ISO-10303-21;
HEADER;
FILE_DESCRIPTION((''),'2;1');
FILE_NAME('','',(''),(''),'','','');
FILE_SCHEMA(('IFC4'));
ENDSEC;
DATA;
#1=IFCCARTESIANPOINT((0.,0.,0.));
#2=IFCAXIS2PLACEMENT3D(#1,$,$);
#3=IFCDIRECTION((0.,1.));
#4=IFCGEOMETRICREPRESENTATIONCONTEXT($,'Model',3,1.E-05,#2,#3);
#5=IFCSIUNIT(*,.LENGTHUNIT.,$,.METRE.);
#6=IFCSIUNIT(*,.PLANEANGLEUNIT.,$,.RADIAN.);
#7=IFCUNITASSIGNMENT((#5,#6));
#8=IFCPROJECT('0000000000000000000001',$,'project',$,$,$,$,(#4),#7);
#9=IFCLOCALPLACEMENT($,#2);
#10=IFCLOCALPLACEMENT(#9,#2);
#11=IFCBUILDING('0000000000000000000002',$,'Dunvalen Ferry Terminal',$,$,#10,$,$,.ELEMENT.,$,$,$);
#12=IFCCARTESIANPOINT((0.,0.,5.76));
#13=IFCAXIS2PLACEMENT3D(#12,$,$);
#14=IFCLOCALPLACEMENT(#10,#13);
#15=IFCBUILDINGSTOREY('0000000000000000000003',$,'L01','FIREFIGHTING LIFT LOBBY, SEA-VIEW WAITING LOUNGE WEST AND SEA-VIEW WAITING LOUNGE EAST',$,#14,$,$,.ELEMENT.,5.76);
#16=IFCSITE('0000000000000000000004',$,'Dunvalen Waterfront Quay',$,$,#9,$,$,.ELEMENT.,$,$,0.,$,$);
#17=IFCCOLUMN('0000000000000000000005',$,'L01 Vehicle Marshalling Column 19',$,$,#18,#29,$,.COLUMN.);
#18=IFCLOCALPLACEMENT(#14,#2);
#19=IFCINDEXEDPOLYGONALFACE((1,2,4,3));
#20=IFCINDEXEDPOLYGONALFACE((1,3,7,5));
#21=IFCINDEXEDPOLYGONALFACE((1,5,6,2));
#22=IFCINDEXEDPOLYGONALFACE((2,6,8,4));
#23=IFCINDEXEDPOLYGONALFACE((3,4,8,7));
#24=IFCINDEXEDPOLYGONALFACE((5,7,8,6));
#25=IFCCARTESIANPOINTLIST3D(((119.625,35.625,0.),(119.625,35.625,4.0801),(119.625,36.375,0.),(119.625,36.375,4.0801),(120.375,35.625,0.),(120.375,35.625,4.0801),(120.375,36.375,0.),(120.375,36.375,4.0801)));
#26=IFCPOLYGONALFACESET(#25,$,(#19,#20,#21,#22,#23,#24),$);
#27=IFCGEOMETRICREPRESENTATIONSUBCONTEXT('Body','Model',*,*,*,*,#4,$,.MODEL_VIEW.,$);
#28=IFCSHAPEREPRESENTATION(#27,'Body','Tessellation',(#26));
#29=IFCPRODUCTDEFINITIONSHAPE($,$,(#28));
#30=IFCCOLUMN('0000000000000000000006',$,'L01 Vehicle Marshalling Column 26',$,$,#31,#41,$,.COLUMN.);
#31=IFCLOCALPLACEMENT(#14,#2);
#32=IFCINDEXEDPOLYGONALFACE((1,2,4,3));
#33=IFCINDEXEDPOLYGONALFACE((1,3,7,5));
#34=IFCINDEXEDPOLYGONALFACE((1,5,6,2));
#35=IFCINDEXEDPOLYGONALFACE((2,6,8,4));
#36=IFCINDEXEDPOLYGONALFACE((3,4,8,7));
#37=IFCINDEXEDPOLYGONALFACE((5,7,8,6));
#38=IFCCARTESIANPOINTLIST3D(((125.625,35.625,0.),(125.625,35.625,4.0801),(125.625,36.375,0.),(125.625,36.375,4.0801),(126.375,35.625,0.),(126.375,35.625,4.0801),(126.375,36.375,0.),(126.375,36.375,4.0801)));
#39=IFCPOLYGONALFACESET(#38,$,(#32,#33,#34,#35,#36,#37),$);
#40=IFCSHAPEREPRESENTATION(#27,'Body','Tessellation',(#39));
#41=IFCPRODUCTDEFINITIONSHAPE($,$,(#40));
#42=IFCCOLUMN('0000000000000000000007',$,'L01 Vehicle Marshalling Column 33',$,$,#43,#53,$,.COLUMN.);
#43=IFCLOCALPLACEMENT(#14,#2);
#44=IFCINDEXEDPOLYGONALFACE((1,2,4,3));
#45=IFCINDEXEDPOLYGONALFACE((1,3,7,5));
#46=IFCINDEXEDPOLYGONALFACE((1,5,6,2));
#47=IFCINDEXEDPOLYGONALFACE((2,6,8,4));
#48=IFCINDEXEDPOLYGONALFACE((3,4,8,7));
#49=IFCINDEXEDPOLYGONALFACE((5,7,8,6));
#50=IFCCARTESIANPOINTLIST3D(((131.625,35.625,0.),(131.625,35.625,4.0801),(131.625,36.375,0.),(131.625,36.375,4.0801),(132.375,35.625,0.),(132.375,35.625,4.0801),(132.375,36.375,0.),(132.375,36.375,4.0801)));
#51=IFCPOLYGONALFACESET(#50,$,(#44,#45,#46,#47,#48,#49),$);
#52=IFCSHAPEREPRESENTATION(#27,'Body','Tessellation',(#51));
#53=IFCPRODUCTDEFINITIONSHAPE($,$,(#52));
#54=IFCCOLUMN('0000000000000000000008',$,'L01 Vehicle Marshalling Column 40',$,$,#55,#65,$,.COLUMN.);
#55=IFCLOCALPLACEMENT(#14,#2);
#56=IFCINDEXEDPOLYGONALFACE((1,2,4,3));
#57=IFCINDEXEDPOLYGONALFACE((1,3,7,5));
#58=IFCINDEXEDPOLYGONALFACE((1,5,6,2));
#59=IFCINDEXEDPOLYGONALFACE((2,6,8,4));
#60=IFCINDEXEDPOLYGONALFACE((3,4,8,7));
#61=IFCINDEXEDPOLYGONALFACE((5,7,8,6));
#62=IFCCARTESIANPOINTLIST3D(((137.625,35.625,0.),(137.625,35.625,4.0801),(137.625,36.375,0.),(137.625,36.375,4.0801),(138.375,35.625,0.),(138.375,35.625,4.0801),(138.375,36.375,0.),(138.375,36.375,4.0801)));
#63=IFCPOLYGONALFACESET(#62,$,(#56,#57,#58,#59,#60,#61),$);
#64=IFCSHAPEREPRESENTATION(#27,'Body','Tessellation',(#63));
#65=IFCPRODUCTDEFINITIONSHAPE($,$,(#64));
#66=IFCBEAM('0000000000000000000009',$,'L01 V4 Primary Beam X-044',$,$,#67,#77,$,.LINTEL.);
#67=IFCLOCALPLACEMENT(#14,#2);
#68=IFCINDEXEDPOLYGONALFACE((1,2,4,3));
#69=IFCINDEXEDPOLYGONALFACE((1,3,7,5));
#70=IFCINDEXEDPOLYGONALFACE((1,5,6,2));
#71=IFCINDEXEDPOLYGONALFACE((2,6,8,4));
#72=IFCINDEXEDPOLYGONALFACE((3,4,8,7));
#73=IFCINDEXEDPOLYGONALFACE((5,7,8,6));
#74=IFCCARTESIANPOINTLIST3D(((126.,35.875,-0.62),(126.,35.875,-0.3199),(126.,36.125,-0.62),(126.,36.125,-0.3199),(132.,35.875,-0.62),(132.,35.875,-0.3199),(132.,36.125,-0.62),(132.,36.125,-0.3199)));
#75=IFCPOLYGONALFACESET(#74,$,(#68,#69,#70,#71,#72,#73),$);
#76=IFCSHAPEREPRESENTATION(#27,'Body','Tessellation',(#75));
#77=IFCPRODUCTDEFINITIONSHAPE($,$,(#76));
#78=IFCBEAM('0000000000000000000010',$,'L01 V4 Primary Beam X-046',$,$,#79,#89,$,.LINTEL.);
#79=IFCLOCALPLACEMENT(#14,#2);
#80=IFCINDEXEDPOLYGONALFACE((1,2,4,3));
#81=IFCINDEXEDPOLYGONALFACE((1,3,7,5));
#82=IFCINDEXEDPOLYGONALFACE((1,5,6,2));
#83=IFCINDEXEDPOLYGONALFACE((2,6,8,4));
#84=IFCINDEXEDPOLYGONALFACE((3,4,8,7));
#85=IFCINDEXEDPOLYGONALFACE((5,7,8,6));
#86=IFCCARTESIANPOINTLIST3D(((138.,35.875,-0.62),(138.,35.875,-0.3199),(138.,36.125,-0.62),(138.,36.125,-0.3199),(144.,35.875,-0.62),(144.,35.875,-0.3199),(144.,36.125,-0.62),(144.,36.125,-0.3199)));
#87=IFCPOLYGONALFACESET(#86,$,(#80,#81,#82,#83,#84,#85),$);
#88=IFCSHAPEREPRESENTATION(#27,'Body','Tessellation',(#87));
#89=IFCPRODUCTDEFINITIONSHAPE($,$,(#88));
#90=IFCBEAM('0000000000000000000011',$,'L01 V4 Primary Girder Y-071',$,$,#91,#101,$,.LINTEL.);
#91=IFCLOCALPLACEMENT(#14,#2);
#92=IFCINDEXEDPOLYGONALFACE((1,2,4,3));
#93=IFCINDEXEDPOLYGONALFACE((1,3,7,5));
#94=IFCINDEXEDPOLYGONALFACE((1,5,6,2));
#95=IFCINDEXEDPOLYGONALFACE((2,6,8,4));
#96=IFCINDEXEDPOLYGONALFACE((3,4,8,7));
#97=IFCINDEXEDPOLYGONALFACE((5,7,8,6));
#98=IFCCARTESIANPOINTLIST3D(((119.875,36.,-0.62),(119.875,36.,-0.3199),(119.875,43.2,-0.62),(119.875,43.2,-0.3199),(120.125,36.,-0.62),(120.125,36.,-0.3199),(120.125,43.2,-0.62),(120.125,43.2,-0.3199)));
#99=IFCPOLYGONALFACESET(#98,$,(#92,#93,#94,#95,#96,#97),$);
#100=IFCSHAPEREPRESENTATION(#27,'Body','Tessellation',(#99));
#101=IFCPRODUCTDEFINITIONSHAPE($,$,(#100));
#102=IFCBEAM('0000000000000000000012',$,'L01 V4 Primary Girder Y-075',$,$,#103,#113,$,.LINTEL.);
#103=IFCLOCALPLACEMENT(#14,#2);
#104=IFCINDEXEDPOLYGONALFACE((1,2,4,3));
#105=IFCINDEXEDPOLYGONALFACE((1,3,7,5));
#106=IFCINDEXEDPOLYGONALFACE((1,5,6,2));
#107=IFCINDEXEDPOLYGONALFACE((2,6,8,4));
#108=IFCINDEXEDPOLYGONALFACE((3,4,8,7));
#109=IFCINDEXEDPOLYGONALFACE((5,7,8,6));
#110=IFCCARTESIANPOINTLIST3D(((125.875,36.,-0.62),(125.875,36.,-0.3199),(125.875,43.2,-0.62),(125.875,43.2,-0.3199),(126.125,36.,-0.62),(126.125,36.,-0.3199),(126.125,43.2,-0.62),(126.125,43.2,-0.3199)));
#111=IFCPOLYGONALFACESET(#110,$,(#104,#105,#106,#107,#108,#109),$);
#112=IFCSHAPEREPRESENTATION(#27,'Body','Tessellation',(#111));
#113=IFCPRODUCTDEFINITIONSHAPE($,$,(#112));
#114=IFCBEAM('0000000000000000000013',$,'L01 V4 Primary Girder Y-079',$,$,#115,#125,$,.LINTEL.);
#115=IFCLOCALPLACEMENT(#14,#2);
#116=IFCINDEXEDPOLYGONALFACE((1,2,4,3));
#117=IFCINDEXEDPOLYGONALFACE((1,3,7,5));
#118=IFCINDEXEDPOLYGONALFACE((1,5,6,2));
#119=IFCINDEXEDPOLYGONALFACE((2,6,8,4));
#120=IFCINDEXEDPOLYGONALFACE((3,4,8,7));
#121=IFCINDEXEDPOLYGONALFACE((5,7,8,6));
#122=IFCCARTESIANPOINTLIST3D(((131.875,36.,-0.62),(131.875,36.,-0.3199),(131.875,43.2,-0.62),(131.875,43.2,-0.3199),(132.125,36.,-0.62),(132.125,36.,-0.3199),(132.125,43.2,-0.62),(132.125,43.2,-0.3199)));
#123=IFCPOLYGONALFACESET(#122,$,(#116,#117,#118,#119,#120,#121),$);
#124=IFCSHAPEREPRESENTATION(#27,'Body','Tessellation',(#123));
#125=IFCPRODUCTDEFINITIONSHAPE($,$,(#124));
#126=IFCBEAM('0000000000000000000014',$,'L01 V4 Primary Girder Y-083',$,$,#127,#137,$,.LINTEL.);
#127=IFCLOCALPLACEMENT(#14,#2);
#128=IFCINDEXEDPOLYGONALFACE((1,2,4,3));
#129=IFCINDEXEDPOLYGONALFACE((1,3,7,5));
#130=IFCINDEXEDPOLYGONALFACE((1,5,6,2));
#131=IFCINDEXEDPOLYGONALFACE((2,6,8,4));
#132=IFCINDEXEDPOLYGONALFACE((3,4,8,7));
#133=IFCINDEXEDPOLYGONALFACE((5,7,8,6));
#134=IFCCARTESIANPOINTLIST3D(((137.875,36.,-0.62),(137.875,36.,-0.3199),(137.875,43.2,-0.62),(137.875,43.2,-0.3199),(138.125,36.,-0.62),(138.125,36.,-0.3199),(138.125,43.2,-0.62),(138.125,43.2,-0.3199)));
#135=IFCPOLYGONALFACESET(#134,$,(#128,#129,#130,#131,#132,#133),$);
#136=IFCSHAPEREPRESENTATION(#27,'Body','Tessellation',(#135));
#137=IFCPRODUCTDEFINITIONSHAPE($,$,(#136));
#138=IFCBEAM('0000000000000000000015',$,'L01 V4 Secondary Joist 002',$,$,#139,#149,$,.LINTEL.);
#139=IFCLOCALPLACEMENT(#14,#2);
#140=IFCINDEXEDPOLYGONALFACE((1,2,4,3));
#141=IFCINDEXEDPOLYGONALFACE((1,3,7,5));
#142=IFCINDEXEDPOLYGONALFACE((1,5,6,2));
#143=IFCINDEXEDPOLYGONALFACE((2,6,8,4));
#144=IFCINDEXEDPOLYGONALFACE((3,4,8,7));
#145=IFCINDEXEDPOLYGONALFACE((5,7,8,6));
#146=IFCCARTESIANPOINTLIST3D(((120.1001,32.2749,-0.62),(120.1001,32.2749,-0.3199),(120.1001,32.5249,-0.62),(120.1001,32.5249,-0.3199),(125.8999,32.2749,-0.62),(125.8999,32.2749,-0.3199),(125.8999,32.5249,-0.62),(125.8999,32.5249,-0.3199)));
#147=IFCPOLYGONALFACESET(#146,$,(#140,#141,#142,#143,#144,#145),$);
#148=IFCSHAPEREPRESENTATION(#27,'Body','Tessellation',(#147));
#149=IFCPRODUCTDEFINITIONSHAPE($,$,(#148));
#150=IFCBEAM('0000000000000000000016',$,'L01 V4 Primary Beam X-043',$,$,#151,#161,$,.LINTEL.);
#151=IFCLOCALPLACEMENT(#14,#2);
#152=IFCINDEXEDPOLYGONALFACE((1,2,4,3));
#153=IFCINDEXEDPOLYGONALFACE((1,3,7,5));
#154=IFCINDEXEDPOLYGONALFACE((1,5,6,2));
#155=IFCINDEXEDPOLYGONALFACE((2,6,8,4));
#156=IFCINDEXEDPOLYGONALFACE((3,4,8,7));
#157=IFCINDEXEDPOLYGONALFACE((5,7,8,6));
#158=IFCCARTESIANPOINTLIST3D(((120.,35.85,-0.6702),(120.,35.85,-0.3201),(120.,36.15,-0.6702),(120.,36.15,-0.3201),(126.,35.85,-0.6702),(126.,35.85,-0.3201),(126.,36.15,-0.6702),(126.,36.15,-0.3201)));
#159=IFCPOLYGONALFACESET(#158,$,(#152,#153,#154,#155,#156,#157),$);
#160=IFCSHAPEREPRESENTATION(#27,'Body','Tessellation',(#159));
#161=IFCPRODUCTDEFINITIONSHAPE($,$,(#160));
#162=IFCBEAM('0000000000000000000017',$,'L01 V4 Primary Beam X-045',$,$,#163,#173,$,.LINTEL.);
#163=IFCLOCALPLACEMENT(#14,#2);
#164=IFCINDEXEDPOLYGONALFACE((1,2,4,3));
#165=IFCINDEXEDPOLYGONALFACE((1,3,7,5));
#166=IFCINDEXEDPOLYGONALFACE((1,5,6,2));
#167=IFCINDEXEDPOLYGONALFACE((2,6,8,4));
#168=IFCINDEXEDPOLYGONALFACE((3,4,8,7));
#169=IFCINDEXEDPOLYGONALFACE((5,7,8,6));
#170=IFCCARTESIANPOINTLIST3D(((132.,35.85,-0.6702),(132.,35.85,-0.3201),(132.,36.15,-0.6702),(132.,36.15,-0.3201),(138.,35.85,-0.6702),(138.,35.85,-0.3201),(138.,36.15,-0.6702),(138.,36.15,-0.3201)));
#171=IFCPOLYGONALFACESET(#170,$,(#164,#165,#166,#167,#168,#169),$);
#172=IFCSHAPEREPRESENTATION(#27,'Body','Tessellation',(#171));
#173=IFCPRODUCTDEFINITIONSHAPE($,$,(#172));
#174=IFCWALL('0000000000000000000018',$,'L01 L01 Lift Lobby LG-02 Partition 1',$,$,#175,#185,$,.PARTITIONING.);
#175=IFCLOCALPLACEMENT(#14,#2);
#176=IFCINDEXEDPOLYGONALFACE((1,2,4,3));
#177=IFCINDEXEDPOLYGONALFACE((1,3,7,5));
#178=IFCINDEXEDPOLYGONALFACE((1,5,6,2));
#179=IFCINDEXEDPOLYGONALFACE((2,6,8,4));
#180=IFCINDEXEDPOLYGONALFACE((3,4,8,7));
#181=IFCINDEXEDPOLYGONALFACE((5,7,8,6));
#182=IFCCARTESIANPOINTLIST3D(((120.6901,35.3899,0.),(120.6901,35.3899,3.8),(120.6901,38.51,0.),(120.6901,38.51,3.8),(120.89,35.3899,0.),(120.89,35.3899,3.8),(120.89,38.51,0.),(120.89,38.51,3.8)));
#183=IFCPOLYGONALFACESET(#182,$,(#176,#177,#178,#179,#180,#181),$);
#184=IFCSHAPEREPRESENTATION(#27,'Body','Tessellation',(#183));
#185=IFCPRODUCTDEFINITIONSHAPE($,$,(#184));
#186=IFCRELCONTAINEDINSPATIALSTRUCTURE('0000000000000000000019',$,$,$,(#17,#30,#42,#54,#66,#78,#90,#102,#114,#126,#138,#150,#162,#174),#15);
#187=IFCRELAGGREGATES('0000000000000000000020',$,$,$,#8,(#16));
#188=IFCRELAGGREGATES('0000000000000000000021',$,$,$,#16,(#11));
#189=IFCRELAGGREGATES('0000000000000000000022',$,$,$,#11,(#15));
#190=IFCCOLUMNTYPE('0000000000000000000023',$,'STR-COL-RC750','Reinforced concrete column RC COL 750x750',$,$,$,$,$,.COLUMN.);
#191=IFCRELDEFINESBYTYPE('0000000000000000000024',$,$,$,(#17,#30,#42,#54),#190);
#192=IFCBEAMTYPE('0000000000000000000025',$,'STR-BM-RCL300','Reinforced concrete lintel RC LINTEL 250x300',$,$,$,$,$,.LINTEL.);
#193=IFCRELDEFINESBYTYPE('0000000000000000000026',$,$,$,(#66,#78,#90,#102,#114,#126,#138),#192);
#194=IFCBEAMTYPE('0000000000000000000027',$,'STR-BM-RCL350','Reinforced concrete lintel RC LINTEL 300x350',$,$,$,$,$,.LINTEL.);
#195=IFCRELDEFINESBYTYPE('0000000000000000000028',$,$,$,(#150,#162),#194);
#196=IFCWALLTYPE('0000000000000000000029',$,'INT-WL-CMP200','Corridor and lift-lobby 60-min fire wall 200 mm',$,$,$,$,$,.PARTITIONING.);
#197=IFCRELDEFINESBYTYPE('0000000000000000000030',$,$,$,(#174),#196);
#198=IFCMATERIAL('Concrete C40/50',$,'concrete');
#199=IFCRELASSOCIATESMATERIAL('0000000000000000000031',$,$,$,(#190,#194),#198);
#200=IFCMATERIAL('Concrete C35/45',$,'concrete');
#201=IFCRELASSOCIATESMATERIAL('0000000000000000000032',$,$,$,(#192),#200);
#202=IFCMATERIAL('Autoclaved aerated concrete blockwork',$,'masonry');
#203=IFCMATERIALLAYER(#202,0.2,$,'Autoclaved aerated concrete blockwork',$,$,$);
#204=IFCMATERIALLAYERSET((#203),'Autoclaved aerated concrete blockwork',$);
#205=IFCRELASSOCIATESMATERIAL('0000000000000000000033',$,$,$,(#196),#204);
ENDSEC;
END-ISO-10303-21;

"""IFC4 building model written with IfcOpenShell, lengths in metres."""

from ifc_helpers import new_model, si_unit, direction, frame, frame_2d, origin, origin_2d, place, context, subcontext, project, spatial, rectangle, extrude, material, layer, layer_set, material_profile, profile_set, type_object, element, save


model = new_model("IFC4")

# Units and contexts
model_context = context("Model", 3, precision=1e-05, world=origin(), true_north=direction((0.0, 1.0)))
body_context = subcontext(model_context, "Body", "Model", "MODEL_VIEW")
ifc_project = project(units=[si_unit("LENGTHUNIT", "METRE"), si_unit("PLANEANGLEUNIT", "RADIAN")], contexts=[model_context])

# Site, building, storey
site_placement = place(None, origin())
site = spatial("IfcSite", under=ifc_project, at=site_placement, Name="Dunvalen Waterfront Quay", CompositionType="ELEMENT", RefElevation=0.0)
building_placement = place(site_placement, origin())
building = spatial("IfcBuilding", under=site, at=building_placement, Name="Dunvalen Ferry Terminal", CompositionType="ELEMENT")
storey_placement = place(building_placement, frame((0.0, 0.0, 5.76)))
storey = spatial("IfcBuildingStorey", under=building, at=storey_placement, Name="L01", Description="FIREFIGHTING LIFT LOBBY, SEA-VIEW WAITING LOUNGE WEST AND SEA-VIEW WAITING LOUNGE EAST", CompositionType="ELEMENT", Elevation=5.76)

# Columns
ifc_material_1 = material(Name="Concrete C40/50", Category="concrete")
ifc_material_profile_1 = material_profile(ifc_material_1, rectangle(XDim=0.75, YDim=0.75, at=origin_2d()), Name="Concrete C40/50")
ifc_profile_set_1 = profile_set([ifc_material_profile_1], Name="Concrete C40/50")
column_type = type_object("IfcColumnType", Name="STR-COL-RC750", Description="Reinforced concrete column RC COL 750x750", PredefinedType="COLUMN", material=ifc_profile_set_1)
for number, where, z_axis, x_axis, name in (
    (1, (120.0, 36.0, 0.0), (0.0, 0.0, 1.0), (1.0, 0.0, 0.0), "L01 Vehicle Marshalling Column 19"),
    (2, (126.0, 36.0, 0.0), (0.0, 0.0, 1.0), (1.0, 0.0, 0.0), "L01 Vehicle Marshalling Column 26"),
    (3, (132.0, 36.0, 0.0), (0.0, 0.0, 1.0), (1.0, 0.0, 0.0), "L01 Vehicle Marshalling Column 33"),
    (4, (138.0, 36.0, 0.0), (0.0, 0.0, 1.0), (1.0, 0.0, 0.0), "L01 Vehicle Marshalling Column 40"),
):
    element("IfcColumn", number, at=place(storey_placement, frame(where, z_axis=z_axis, x_axis=x_axis)), inside=storey, type_object=column_type, Name=name, PredefinedType="COLUMN", context=body_context, shape_type="SweptSolid", body=[
        extrude(rectangle(XDim=0.75, YDim=0.75, at=origin_2d()), origin(), (0.0, 0.0, 1.0), 4.0801),
    ])

# Beams
ifc_material_2 = material(Name="Concrete C35/45", Category="concrete")
ifc_material_profile_2 = material_profile(ifc_material_2, rectangle(XDim=0.25, YDim=0.3, at=origin_2d()), Name="Concrete C35/45")
ifc_profile_set_2 = profile_set([ifc_material_profile_2], Name="Concrete C35/45")
beam_type_1 = type_object("IfcBeamType", Name="STR-BM-RCL300", Description="Reinforced concrete lintel RC LINTEL 250x300", PredefinedType="LINTEL", material=ifc_profile_set_2)
for number, where, z_axis, x_axis, name in (
    (5, (126.0, 36.0, -0.47), (1.0, 0.0, 0.0), (0.0, 1.0, 0.0), "L01 V4 Primary Beam X-044"),
    (6, (138.0, 36.0, -0.47), (1.0, 0.0, 0.0), (0.0, 1.0, 0.0), "L01 V4 Primary Beam X-046"),
):
    element("IfcBeam", number, at=place(storey_placement, frame(where, z_axis=z_axis, x_axis=x_axis)), inside=storey, type_object=beam_type_1, Name=name, PredefinedType="LINTEL", context=body_context, shape_type="SweptSolid", body=[
        extrude(rectangle(XDim=0.25, YDim=0.3, at=origin_2d()), origin(), (0.0, 0.0, 1.0), 6.0),
    ])
for number, where, z_axis, x_axis, name in (
    (7, (120.0, 36.0, -0.47), (0.0, 1.0, 0.0), (-1.0, 0.0, 0.0), "L01 V4 Primary Girder Y-071"),
    (8, (126.0, 36.0, -0.47), (0.0, 1.0, 0.0), (-1.0, 0.0, 0.0), "L01 V4 Primary Girder Y-075"),
    (9, (132.0, 36.0, -0.47), (0.0, 1.0, 0.0), (-1.0, 0.0, 0.0), "L01 V4 Primary Girder Y-079"),
    (10, (138.0, 36.0, -0.47), (0.0, 1.0, 0.0), (-1.0, 0.0, 0.0), "L01 V4 Primary Girder Y-083"),
):
    element("IfcBeam", number, at=place(storey_placement, frame(where, z_axis=z_axis, x_axis=x_axis)), inside=storey, type_object=beam_type_1, Name=name, PredefinedType="LINTEL", context=body_context, shape_type="SweptSolid", body=[
        extrude(rectangle(XDim=0.25, YDim=0.3, at=origin_2d()), origin(), (0.0, 0.0, 1.0), 7.2),
    ])
beam_placement = place(storey_placement, frame((120.1001, 32.3999, -0.47), z_axis=(1.0, 0.0, 0.0), x_axis=(0.0, 1.0, 0.0)))
element("IfcBeam", 11, at=beam_placement, inside=storey, type_object=beam_type_1, Name="L01 V4 Secondary Joist 002", PredefinedType="LINTEL", context=body_context, shape_type="SweptSolid", body=[
    extrude(rectangle(XDim=0.25, YDim=0.3, at=origin_2d()), origin(), (0.0, 0.0, 1.0), 5.7998),
])
ifc_material_profile_3 = material_profile(ifc_material_1, rectangle(XDim=0.3, YDim=0.3501, at=origin_2d()), Name="Concrete C40/50")
ifc_profile_set_3 = profile_set([ifc_material_profile_3], Name="Concrete C40/50")
beam_type_2 = type_object("IfcBeamType", Name="STR-BM-RCL350", Description="Reinforced concrete lintel RC LINTEL 300x350", PredefinedType="LINTEL", material=ifc_profile_set_3)
for number, where, z_axis, x_axis, name in (
    (12, (120.0, 36.0, -0.4951), (1.0, 0.0, 0.0), (0.0, 1.0, 0.0), "L01 V4 Primary Beam X-043"),
    (13, (132.0, 36.0, -0.4951), (1.0, 0.0, 0.0), (0.0, 1.0, 0.0), "L01 V4 Primary Beam X-045"),
):
    element("IfcBeam", number, at=place(storey_placement, frame(where, z_axis=z_axis, x_axis=x_axis)), inside=storey, type_object=beam_type_2, Name=name, PredefinedType="LINTEL", context=body_context, shape_type="SweptSolid", body=[
        extrude(rectangle(XDim=0.3, YDim=0.3501, at=origin_2d()), origin(), (0.0, 0.0, 1.0), 6.0),
    ])

# Wall
ifc_material_3 = material(Name="Autoclaved aerated concrete blockwork", Category="masonry")
ifc_layer_1 = layer(ifc_material_3, 0.2, Name="Autoclaved aerated concrete blockwork")
ifc_layer_set_1 = layer_set([ifc_layer_1], Name="Autoclaved aerated concrete blockwork")
wall_type_1 = type_object("IfcWallType", Name="INT-WL-CMP200", Description="Corridor and lift-lobby 60-min fire wall 200 mm", PredefinedType="PARTITIONING", material=ifc_layer_set_1)
wall_1_placement = place(storey_placement, frame((120.79, 38.51, 0.0), z_axis=(0.0, 0.0, 1.0), x_axis=(0.0, -1.0, 0.0)))
element("IfcWall", 14, at=wall_1_placement, inside=storey, type_object=wall_type_1, Name="L01 L01 Lift Lobby LG-02 Partition 1", PredefinedType="PARTITIONING", context=body_context, shape_type="SweptSolid", body=[
    extrude(rectangle(XDim=3.1201, YDim=0.2, at=frame_2d((1.5601, 0.0))), origin(), (0.0, 0.0, 1.0), 3.8),
])

save(model, "model.ifc")
